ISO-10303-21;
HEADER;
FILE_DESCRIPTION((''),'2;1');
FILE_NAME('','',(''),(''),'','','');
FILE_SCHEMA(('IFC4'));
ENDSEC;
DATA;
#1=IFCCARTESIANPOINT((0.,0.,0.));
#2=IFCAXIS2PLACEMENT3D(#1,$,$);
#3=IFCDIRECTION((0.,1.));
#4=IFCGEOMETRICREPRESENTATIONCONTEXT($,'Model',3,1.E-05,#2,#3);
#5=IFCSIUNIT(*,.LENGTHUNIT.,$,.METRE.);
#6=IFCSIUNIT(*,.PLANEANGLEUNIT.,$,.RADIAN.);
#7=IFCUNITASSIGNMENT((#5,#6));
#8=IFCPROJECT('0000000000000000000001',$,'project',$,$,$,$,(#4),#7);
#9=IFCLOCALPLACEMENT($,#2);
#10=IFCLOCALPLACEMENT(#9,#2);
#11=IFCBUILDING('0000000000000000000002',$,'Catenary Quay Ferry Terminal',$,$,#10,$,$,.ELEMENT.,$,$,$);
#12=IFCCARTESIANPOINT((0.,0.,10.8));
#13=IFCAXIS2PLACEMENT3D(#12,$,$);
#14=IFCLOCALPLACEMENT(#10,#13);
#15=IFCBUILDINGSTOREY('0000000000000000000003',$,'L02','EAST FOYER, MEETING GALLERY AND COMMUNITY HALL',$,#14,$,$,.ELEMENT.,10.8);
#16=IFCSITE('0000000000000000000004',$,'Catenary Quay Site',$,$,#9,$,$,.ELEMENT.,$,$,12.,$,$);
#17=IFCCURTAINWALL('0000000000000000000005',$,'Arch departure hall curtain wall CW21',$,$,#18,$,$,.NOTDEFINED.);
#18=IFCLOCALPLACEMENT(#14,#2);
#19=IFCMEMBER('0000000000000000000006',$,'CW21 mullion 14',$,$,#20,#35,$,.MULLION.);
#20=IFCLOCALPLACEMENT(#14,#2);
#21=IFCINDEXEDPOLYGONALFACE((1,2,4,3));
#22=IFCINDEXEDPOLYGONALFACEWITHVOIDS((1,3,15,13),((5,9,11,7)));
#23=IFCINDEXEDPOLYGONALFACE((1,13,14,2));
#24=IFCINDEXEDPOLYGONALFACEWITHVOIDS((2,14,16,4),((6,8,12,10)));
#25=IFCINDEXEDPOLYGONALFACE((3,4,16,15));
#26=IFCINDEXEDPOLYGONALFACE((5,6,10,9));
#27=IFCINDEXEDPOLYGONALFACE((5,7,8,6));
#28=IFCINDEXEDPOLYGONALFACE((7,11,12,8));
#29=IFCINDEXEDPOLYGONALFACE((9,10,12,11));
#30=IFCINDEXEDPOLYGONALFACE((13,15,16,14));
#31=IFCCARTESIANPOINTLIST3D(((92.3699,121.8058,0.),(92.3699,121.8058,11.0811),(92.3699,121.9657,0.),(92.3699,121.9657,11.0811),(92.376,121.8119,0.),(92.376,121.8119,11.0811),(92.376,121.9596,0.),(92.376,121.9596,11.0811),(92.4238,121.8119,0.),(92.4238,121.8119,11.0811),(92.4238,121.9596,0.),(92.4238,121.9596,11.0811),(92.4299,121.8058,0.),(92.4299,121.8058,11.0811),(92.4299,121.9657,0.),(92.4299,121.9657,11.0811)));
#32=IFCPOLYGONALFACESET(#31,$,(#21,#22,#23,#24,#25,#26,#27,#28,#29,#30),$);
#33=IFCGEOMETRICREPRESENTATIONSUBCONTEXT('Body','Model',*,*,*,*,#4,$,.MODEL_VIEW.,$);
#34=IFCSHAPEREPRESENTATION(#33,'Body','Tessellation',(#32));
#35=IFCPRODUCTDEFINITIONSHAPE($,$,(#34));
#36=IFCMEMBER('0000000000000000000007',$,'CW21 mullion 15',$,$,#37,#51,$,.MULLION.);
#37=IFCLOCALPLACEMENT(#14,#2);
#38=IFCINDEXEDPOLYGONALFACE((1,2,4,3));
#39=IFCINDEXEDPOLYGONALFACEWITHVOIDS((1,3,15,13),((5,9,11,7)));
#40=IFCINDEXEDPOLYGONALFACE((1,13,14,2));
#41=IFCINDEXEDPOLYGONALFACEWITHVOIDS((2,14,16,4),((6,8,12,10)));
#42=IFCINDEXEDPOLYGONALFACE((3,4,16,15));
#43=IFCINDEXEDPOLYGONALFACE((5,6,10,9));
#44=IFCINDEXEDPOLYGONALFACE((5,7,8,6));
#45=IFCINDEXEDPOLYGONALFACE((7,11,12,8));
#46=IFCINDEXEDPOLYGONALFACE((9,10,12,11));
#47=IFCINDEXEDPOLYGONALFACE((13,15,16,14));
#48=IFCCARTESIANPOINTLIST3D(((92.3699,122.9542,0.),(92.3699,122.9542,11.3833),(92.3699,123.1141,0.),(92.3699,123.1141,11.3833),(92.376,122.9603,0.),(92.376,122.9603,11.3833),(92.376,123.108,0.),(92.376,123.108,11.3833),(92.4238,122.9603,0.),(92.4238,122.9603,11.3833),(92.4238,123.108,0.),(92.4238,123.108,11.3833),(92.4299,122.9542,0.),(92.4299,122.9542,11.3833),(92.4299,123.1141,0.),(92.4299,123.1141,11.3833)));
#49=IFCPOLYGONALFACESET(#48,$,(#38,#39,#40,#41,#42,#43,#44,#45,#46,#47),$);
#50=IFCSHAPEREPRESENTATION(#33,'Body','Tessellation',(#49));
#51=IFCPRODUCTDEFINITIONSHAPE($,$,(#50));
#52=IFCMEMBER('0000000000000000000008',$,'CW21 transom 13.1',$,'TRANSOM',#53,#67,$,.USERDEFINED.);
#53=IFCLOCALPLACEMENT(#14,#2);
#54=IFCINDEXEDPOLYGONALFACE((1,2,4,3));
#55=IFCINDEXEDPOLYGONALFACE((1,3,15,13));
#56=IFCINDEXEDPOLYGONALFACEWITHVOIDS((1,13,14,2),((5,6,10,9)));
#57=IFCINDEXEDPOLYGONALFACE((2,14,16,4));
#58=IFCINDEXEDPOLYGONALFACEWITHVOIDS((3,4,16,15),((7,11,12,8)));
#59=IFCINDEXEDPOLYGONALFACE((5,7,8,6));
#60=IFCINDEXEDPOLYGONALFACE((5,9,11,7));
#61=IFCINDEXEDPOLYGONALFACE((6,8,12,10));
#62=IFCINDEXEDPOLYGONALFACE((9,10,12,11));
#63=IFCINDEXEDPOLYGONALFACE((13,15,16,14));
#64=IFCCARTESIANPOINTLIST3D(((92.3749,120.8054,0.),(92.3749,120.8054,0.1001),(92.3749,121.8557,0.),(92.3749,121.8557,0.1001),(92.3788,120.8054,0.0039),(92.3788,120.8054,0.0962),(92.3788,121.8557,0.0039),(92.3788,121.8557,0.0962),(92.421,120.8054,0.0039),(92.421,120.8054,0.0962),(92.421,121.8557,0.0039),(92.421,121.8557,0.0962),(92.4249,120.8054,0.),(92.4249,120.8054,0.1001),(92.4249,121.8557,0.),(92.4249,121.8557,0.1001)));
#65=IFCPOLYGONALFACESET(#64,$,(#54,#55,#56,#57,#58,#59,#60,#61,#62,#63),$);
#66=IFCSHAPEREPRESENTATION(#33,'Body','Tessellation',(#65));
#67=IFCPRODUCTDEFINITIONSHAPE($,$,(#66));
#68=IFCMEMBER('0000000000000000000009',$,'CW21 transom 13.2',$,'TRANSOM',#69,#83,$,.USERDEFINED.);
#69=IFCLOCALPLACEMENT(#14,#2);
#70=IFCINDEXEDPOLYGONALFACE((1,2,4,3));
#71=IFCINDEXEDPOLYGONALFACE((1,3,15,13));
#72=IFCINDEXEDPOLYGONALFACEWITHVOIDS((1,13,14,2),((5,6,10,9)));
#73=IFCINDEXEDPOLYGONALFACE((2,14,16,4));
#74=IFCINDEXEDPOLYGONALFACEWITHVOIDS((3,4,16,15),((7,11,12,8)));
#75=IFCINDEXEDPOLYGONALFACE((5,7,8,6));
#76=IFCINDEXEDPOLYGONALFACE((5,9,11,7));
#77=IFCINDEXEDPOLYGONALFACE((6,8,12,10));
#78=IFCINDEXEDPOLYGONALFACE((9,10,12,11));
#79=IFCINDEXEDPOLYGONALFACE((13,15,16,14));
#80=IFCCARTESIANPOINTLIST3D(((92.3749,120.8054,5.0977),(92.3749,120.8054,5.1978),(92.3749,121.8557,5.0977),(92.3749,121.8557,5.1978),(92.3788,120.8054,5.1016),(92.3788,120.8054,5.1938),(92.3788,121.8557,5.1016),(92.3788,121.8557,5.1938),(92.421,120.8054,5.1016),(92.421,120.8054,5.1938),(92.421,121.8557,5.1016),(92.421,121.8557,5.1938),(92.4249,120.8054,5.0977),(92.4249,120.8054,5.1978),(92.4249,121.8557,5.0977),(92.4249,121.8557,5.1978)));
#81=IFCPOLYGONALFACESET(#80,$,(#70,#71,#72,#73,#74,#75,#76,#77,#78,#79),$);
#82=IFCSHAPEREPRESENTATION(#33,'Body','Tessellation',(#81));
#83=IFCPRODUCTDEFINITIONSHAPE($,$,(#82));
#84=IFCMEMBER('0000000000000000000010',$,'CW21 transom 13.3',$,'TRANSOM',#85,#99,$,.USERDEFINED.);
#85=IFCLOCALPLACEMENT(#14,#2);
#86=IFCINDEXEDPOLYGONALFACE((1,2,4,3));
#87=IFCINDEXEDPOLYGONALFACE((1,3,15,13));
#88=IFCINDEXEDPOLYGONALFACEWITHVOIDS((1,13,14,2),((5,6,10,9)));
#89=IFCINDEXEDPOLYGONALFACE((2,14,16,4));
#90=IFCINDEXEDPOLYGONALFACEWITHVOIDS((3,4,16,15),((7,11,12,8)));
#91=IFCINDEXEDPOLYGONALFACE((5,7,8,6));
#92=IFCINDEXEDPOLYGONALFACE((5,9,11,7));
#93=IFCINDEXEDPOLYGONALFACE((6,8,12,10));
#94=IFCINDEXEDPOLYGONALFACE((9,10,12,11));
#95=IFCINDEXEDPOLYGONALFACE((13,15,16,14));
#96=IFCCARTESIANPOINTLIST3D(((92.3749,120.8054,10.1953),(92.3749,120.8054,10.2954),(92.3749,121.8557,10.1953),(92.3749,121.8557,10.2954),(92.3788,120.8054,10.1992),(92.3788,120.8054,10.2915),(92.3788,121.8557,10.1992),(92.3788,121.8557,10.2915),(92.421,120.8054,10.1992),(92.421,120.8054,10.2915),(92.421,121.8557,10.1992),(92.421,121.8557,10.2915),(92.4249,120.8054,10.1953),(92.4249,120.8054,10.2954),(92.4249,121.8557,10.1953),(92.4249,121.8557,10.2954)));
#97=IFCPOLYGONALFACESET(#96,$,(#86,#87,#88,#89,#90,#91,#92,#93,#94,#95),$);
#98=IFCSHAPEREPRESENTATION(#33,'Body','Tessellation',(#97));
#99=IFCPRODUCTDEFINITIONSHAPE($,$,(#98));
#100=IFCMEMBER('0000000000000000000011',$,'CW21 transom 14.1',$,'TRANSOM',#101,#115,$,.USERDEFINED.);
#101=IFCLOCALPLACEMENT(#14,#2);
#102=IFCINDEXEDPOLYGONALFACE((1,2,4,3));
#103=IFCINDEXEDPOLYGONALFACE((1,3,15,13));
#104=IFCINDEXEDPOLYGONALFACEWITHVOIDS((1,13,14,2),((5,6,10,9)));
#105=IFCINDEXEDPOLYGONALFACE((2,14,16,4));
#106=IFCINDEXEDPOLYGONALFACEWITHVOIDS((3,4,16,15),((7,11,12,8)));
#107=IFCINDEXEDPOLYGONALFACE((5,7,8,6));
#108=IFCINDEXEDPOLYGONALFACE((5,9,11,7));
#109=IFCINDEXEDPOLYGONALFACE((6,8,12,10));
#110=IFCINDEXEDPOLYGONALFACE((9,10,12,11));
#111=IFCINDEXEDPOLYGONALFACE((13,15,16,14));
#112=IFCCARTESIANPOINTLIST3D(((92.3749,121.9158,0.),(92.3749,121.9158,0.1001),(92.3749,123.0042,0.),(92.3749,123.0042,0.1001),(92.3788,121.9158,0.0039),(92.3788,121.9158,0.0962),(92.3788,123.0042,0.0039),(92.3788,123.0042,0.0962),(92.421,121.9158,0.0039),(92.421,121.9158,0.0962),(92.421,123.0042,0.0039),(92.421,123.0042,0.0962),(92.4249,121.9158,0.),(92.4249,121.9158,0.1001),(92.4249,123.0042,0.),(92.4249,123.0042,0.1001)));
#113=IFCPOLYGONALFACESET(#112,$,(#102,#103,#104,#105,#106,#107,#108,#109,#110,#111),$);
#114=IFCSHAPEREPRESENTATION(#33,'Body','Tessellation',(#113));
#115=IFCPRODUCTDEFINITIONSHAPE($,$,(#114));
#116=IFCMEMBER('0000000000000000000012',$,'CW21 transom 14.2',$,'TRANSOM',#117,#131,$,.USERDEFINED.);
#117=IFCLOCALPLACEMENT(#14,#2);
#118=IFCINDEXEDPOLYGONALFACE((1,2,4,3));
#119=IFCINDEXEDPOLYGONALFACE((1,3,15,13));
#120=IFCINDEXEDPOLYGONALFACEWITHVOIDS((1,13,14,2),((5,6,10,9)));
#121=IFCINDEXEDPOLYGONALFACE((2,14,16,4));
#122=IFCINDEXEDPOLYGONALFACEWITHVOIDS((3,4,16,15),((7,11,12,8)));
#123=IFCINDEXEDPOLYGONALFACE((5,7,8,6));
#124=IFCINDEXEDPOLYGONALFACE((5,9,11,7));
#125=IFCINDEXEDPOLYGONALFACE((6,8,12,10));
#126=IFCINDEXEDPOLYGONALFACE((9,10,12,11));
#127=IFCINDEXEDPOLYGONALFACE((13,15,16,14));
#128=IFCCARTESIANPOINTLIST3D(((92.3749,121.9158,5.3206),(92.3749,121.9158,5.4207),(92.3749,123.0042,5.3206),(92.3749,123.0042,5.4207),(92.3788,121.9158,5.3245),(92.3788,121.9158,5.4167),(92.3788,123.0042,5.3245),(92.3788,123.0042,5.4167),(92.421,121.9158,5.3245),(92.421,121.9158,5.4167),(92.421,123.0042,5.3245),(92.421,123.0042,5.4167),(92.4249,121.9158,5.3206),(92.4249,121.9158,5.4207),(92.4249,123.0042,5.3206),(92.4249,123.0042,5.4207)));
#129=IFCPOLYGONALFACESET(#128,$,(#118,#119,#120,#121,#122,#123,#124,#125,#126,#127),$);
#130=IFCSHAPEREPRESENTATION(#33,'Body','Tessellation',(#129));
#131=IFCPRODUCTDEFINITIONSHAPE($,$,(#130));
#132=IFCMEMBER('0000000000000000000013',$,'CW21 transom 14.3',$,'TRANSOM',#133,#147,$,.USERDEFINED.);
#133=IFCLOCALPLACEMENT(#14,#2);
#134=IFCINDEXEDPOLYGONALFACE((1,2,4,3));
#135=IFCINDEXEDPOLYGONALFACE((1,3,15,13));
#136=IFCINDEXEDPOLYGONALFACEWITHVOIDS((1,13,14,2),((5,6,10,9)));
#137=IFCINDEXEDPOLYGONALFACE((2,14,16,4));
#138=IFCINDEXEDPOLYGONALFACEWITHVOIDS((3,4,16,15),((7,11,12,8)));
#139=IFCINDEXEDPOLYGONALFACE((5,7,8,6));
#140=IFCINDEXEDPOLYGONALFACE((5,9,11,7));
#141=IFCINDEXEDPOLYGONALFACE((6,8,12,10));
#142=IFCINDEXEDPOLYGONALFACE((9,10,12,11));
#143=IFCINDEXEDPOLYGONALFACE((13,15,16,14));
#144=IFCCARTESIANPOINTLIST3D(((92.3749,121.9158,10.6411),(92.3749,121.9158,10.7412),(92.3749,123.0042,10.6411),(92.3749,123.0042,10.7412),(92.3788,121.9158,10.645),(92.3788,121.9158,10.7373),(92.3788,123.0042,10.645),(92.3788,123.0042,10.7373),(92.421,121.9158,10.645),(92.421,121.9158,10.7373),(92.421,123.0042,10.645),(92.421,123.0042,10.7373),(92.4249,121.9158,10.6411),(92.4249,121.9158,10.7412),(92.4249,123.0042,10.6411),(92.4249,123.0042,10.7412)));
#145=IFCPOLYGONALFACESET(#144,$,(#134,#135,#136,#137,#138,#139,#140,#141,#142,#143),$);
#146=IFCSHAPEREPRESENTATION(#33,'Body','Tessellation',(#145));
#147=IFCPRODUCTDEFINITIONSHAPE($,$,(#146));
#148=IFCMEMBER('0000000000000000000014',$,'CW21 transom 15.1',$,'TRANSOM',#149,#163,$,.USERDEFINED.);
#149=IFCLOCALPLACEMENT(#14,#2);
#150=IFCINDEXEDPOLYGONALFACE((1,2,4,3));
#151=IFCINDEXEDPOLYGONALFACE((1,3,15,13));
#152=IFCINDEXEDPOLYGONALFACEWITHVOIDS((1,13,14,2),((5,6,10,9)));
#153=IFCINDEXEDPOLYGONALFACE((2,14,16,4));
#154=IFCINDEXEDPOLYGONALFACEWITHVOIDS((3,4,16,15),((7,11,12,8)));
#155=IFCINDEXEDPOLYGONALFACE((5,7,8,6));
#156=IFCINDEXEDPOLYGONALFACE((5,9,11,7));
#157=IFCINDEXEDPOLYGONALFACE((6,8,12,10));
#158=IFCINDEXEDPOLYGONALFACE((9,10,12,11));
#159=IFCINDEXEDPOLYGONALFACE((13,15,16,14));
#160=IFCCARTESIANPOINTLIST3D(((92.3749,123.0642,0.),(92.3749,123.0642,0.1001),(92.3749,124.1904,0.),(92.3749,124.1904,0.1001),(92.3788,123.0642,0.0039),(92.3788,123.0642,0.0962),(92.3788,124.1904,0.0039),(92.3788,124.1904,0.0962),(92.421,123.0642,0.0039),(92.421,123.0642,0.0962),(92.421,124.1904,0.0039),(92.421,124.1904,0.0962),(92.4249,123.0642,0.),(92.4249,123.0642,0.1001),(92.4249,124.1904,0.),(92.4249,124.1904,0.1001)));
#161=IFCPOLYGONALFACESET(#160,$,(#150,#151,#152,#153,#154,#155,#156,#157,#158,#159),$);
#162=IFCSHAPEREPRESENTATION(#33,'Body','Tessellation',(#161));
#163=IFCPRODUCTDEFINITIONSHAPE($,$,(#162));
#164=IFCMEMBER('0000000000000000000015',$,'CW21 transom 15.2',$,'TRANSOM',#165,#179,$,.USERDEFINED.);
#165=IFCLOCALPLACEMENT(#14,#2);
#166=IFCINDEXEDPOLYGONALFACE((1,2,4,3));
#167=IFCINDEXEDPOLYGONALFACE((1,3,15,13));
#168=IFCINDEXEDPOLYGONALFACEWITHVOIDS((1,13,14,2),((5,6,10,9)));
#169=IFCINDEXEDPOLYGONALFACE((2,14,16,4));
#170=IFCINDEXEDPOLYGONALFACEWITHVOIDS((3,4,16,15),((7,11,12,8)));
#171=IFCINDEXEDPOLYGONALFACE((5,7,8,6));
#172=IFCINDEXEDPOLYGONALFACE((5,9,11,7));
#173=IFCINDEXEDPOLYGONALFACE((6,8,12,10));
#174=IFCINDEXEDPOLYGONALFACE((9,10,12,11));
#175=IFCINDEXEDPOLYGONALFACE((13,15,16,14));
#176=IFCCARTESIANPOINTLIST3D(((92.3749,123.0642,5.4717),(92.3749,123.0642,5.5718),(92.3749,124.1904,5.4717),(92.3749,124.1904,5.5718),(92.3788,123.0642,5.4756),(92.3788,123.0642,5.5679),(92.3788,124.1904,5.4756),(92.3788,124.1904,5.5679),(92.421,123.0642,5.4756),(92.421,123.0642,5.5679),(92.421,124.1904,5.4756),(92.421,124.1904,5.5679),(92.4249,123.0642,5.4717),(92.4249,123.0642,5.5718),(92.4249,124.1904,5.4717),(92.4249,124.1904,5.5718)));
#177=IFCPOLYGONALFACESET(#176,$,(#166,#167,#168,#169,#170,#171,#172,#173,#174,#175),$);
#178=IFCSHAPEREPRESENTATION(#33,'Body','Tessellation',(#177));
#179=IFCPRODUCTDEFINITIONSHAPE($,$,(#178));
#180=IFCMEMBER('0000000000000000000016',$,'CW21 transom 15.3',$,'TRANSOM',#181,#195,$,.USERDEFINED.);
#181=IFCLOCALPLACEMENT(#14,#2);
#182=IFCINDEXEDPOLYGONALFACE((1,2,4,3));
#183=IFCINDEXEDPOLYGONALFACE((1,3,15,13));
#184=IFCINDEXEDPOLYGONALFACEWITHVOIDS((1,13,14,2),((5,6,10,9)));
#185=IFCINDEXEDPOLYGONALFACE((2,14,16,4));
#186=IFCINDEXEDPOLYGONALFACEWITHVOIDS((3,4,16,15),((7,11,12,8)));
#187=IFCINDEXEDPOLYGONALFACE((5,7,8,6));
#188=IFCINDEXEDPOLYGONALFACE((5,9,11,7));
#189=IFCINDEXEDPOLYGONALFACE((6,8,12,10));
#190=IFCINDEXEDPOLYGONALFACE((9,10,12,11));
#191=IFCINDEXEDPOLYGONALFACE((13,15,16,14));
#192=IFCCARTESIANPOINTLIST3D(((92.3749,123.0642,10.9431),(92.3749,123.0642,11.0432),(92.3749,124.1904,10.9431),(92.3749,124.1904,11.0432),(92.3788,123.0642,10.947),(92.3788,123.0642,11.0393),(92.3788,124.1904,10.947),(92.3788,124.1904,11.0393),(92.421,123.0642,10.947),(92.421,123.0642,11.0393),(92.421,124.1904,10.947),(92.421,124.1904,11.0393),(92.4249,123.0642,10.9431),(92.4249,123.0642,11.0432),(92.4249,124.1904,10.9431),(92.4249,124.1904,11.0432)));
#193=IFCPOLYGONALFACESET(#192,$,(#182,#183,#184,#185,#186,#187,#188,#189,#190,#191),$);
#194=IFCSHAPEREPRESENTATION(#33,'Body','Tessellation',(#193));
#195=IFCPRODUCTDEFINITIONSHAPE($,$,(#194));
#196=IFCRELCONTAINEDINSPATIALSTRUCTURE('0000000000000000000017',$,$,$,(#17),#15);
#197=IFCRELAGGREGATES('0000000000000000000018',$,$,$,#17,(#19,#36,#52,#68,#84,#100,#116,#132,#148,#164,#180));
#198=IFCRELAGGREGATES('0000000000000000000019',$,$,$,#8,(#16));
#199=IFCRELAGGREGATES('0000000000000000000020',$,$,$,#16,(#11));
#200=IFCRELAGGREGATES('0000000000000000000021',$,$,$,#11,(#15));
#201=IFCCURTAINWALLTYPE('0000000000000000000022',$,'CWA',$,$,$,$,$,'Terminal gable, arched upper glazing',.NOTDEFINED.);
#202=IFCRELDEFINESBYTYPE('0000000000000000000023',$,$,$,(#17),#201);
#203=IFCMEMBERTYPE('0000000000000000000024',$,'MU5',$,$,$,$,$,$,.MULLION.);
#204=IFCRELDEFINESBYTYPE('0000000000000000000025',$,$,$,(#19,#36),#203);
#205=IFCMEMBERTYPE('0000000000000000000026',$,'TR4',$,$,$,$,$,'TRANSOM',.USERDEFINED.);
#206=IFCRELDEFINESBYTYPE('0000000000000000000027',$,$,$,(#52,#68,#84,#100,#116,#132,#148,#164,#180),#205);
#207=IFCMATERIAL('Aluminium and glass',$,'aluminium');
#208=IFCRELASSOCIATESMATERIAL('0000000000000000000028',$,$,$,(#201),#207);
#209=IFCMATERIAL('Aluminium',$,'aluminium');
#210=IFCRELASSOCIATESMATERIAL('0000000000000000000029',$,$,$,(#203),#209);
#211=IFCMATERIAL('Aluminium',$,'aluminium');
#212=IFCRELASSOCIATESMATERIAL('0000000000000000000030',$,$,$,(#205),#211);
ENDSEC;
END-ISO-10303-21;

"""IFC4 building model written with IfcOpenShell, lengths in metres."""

from ifc_helpers import new_model, si_unit, direction, frame, origin, origin_2d, place, context, subcontext, project, spatial, hollow_rectangle, extrude, material, material_profile, profile_set, type_object, element, aggregate, save


model = new_model("IFC4")

# Units and contexts
model_context = context("Model", 3, precision=1e-05, world=origin(), true_north=direction((0.0, 1.0)))
body_context = subcontext(model_context, "Body", "Model", "MODEL_VIEW")
ifc_project = project(units=[si_unit("LENGTHUNIT", "METRE"), si_unit("PLANEANGLEUNIT", "RADIAN")], contexts=[model_context])

# Site, building, storey
site_placement = place(None, origin())
site = spatial("IfcSite", under=ifc_project, at=site_placement, Name="Catenary Quay Site", CompositionType="ELEMENT", RefElevation=12.0)
building_placement = place(site_placement, origin())
building = spatial("IfcBuilding", under=site, at=building_placement, Name="Catenary Quay Ferry Terminal", CompositionType="ELEMENT")
storey_placement = place(building_placement, frame((0.0, 0.0, 10.8)))
storey = spatial("IfcBuildingStorey", under=building, at=storey_placement, Name="L02", Description="EAST FOYER, MEETING GALLERY AND COMMUNITY HALL", CompositionType="ELEMENT", Elevation=10.8)

# Curtain wall, members
ifc_material_1 = material(Name="Aluminium and glass", Category="aluminium")
curtain_wall_type = type_object("IfcCurtainWallType", Name="CWA", ElementType="Terminal gable, arched upper glazing", PredefinedType="NOTDEFINED", material=ifc_material_1)
curtain_wall_placement = place(storey_placement, origin())
curtain_wall = element("IfcCurtainWall", 1, at=curtain_wall_placement, inside=storey, type_object=curtain_wall_type, Name="Arch departure hall curtain wall CW21", PredefinedType="NOTDEFINED")
ifc_material_2 = material(Name="Aluminium", Category="aluminium")
ifc_material_profile_1 = material_profile(ifc_material_2, hollow_rectangle(XDim=0.0601, YDim=0.1599, WallThickness=0.0061, at=origin_2d()), Name="MU5")
ifc_profile_set_1 = profile_set([ifc_material_profile_1], Name="Aluminium")
member_type_1 = type_object("IfcMemberType", Name="MU5", PredefinedType="MULLION", material=ifc_profile_set_1)
member_1_placement = place(storey_placement, frame((92.3999, 121.8857, 0.0), z_axis=(0.0, 0.0, 1.0), x_axis=(-1.0, 0.0, 0.0)))
member_1 = element("IfcMember", 2, at=member_1_placement, type_object=member_type_1, Name="CW21 mullion 14", PredefinedType="MULLION", context=body_context, shape_type="SweptSolid", body=[
    extrude(hollow_rectangle(XDim=0.0601, YDim=0.1599, WallThickness=0.0061, at=origin_2d()), origin(), (0.0, 0.0, 1.0), 11.0811),
])
member_2_placement = place(storey_placement, frame((92.3999, 123.0342, 0.0), z_axis=(0.0, 0.0, 1.0), x_axis=(-1.0, 0.0, 0.0)))
member_2 = element("IfcMember", 3, at=member_2_placement, type_object=member_type_1, Name="CW21 mullion 15", PredefinedType="MULLION", context=body_context, shape_type="SweptSolid", body=[
    extrude(hollow_rectangle(XDim=0.0601, YDim=0.1599, WallThickness=0.0061, at=origin_2d()), origin(), (0.0, 0.0, 1.0), 11.3833),
])
ifc_material_3 = material(Name="Aluminium", Category="aluminium")
ifc_material_profile_2 = material_profile(ifc_material_3, hollow_rectangle(XDim=0.05, YDim=0.1001, WallThickness=0.0039, at=origin_2d()), Name="TR4")
ifc_profile_set_2 = profile_set([ifc_material_profile_2], Name="Aluminium")
member_type_2 = type_object("IfcMemberType", Name="TR4", ElementType="TRANSOM", PredefinedType="USERDEFINED", material=ifc_profile_set_2)
member_3_placement = place(storey_placement, frame((92.3999, 120.8054, 0.05), z_axis=(0.0, 1.0, 0.0), x_axis=(-1.0, 0.0, 0.0)))
member_3 = element("IfcMember", 4, at=member_3_placement, type_object=member_type_2, Name="CW21 transom 13.1", ObjectType="TRANSOM", PredefinedType="USERDEFINED", context=body_context, shape_type="SweptSolid", body=[
    extrude(hollow_rectangle(XDim=0.05, YDim=0.1001, WallThickness=0.0039, at=origin_2d()), origin(), (0.0, 0.0, 1.0), 1.0503),
])
member_4_placement = place(storey_placement, frame((92.3999, 120.8054, 5.1477), z_axis=(0.0, 1.0, 0.0), x_axis=(-1.0, 0.0, 0.0)))
member_4 = element("IfcMember", 5, at=member_4_placement, type_object=member_type_2, Name="CW21 transom 13.2", ObjectType="TRANSOM", PredefinedType="USERDEFINED", context=body_context, shape_type="SweptSolid", body=[
    extrude(hollow_rectangle(XDim=0.05, YDim=0.1001, WallThickness=0.0039, at=origin_2d()), origin(), (0.0, 0.0, 1.0), 1.0503),
])
member_5_placement = place(storey_placement, frame((92.3999, 120.8054, 10.2454), z_axis=(0.0, 1.0, 0.0), x_axis=(-1.0, 0.0, 0.0)))
member_5 = element("IfcMember", 6, at=member_5_placement, type_object=member_type_2, Name="CW21 transom 13.3", ObjectType="TRANSOM", PredefinedType="USERDEFINED", context=body_context, shape_type="SweptSolid", body=[
    extrude(hollow_rectangle(XDim=0.05, YDim=0.1001, WallThickness=0.0039, at=origin_2d()), origin(), (0.0, 0.0, 1.0), 1.0503),
])
member_6_placement = place(storey_placement, frame((92.3999, 121.9158, 0.05), z_axis=(0.0, 1.0, 0.0), x_axis=(-1.0, 0.0, 0.0)))
member_6 = element("IfcMember", 7, at=member_6_placement, type_object=member_type_2, Name="CW21 transom 14.1", ObjectType="TRANSOM", PredefinedType="USERDEFINED", context=body_context, shape_type="SweptSolid", body=[
    extrude(hollow_rectangle(XDim=0.05, YDim=0.1001, WallThickness=0.0039, at=origin_2d()), origin(), (0.0, 0.0, 1.0), 1.0884),
])
member_7_placement = place(storey_placement, frame((92.3999, 121.9158, 5.3706), z_axis=(0.0, 1.0, 0.0), x_axis=(-1.0, 0.0, 0.0)))
member_7 = element("IfcMember", 8, at=member_7_placement, type_object=member_type_2, Name="CW21 transom 14.2", ObjectType="TRANSOM", PredefinedType="USERDEFINED", context=body_context, shape_type="SweptSolid", body=[
    extrude(hollow_rectangle(XDim=0.05, YDim=0.1001, WallThickness=0.0039, at=origin_2d()), origin(), (0.0, 0.0, 1.0), 1.0884),
])
member_8_placement = place(storey_placement, frame((92.3999, 121.9158, 10.6912), z_axis=(0.0, 1.0, 0.0), x_axis=(-1.0, 0.0, 0.0)))
member_8 = element("IfcMember", 9, at=member_8_placement, type_object=member_type_2, Name="CW21 transom 14.3", ObjectType="TRANSOM", PredefinedType="USERDEFINED", context=body_context, shape_type="SweptSolid", body=[
    extrude(hollow_rectangle(XDim=0.05, YDim=0.1001, WallThickness=0.0039, at=origin_2d()), origin(), (0.0, 0.0, 1.0), 1.0884),
])
member_9_placement = place(storey_placement, frame((92.3999, 123.0642, 0.05), z_axis=(0.0, 1.0, 0.0), x_axis=(-1.0, 0.0, 0.0)))
member_9 = element("IfcMember", 10, at=member_9_placement, type_object=member_type_2, Name="CW21 transom 15.1", ObjectType="TRANSOM", PredefinedType="USERDEFINED", context=body_context, shape_type="SweptSolid", body=[
    extrude(hollow_rectangle(XDim=0.05, YDim=0.1001, WallThickness=0.0039, at=origin_2d()), origin(), (0.0, 0.0, 1.0), 1.1262),
])
member_10_placement = place(storey_placement, frame((92.3999, 123.0642, 5.5217), z_axis=(0.0, 1.0, 0.0), x_axis=(-1.0, 0.0, 0.0)))
member_10 = element("IfcMember", 11, at=member_10_placement, type_object=member_type_2, Name="CW21 transom 15.2", ObjectType="TRANSOM", PredefinedType="USERDEFINED", context=body_context, shape_type="SweptSolid", body=[
    extrude(hollow_rectangle(XDim=0.05, YDim=0.1001, WallThickness=0.0039, at=origin_2d()), origin(), (0.0, 0.0, 1.0), 1.1262),
])
member_11_placement = place(storey_placement, frame((92.3999, 123.0642, 10.9932), z_axis=(0.0, 1.0, 0.0), x_axis=(-1.0, 0.0, 0.0)))
member_11 = element("IfcMember", 12, at=member_11_placement, type_object=member_type_2, Name="CW21 transom 15.3", ObjectType="TRANSOM", PredefinedType="USERDEFINED", context=body_context, shape_type="SweptSolid", body=[
    extrude(hollow_rectangle(XDim=0.05, YDim=0.1001, WallThickness=0.0039, at=origin_2d()), origin(), (0.0, 0.0, 1.0), 1.1262),
])

aggregate(curtain_wall, [member_1, member_2, member_3, member_4, member_5, member_6, member_7, member_8, member_9, member_10, member_11])

save(model, "model.ifc")
